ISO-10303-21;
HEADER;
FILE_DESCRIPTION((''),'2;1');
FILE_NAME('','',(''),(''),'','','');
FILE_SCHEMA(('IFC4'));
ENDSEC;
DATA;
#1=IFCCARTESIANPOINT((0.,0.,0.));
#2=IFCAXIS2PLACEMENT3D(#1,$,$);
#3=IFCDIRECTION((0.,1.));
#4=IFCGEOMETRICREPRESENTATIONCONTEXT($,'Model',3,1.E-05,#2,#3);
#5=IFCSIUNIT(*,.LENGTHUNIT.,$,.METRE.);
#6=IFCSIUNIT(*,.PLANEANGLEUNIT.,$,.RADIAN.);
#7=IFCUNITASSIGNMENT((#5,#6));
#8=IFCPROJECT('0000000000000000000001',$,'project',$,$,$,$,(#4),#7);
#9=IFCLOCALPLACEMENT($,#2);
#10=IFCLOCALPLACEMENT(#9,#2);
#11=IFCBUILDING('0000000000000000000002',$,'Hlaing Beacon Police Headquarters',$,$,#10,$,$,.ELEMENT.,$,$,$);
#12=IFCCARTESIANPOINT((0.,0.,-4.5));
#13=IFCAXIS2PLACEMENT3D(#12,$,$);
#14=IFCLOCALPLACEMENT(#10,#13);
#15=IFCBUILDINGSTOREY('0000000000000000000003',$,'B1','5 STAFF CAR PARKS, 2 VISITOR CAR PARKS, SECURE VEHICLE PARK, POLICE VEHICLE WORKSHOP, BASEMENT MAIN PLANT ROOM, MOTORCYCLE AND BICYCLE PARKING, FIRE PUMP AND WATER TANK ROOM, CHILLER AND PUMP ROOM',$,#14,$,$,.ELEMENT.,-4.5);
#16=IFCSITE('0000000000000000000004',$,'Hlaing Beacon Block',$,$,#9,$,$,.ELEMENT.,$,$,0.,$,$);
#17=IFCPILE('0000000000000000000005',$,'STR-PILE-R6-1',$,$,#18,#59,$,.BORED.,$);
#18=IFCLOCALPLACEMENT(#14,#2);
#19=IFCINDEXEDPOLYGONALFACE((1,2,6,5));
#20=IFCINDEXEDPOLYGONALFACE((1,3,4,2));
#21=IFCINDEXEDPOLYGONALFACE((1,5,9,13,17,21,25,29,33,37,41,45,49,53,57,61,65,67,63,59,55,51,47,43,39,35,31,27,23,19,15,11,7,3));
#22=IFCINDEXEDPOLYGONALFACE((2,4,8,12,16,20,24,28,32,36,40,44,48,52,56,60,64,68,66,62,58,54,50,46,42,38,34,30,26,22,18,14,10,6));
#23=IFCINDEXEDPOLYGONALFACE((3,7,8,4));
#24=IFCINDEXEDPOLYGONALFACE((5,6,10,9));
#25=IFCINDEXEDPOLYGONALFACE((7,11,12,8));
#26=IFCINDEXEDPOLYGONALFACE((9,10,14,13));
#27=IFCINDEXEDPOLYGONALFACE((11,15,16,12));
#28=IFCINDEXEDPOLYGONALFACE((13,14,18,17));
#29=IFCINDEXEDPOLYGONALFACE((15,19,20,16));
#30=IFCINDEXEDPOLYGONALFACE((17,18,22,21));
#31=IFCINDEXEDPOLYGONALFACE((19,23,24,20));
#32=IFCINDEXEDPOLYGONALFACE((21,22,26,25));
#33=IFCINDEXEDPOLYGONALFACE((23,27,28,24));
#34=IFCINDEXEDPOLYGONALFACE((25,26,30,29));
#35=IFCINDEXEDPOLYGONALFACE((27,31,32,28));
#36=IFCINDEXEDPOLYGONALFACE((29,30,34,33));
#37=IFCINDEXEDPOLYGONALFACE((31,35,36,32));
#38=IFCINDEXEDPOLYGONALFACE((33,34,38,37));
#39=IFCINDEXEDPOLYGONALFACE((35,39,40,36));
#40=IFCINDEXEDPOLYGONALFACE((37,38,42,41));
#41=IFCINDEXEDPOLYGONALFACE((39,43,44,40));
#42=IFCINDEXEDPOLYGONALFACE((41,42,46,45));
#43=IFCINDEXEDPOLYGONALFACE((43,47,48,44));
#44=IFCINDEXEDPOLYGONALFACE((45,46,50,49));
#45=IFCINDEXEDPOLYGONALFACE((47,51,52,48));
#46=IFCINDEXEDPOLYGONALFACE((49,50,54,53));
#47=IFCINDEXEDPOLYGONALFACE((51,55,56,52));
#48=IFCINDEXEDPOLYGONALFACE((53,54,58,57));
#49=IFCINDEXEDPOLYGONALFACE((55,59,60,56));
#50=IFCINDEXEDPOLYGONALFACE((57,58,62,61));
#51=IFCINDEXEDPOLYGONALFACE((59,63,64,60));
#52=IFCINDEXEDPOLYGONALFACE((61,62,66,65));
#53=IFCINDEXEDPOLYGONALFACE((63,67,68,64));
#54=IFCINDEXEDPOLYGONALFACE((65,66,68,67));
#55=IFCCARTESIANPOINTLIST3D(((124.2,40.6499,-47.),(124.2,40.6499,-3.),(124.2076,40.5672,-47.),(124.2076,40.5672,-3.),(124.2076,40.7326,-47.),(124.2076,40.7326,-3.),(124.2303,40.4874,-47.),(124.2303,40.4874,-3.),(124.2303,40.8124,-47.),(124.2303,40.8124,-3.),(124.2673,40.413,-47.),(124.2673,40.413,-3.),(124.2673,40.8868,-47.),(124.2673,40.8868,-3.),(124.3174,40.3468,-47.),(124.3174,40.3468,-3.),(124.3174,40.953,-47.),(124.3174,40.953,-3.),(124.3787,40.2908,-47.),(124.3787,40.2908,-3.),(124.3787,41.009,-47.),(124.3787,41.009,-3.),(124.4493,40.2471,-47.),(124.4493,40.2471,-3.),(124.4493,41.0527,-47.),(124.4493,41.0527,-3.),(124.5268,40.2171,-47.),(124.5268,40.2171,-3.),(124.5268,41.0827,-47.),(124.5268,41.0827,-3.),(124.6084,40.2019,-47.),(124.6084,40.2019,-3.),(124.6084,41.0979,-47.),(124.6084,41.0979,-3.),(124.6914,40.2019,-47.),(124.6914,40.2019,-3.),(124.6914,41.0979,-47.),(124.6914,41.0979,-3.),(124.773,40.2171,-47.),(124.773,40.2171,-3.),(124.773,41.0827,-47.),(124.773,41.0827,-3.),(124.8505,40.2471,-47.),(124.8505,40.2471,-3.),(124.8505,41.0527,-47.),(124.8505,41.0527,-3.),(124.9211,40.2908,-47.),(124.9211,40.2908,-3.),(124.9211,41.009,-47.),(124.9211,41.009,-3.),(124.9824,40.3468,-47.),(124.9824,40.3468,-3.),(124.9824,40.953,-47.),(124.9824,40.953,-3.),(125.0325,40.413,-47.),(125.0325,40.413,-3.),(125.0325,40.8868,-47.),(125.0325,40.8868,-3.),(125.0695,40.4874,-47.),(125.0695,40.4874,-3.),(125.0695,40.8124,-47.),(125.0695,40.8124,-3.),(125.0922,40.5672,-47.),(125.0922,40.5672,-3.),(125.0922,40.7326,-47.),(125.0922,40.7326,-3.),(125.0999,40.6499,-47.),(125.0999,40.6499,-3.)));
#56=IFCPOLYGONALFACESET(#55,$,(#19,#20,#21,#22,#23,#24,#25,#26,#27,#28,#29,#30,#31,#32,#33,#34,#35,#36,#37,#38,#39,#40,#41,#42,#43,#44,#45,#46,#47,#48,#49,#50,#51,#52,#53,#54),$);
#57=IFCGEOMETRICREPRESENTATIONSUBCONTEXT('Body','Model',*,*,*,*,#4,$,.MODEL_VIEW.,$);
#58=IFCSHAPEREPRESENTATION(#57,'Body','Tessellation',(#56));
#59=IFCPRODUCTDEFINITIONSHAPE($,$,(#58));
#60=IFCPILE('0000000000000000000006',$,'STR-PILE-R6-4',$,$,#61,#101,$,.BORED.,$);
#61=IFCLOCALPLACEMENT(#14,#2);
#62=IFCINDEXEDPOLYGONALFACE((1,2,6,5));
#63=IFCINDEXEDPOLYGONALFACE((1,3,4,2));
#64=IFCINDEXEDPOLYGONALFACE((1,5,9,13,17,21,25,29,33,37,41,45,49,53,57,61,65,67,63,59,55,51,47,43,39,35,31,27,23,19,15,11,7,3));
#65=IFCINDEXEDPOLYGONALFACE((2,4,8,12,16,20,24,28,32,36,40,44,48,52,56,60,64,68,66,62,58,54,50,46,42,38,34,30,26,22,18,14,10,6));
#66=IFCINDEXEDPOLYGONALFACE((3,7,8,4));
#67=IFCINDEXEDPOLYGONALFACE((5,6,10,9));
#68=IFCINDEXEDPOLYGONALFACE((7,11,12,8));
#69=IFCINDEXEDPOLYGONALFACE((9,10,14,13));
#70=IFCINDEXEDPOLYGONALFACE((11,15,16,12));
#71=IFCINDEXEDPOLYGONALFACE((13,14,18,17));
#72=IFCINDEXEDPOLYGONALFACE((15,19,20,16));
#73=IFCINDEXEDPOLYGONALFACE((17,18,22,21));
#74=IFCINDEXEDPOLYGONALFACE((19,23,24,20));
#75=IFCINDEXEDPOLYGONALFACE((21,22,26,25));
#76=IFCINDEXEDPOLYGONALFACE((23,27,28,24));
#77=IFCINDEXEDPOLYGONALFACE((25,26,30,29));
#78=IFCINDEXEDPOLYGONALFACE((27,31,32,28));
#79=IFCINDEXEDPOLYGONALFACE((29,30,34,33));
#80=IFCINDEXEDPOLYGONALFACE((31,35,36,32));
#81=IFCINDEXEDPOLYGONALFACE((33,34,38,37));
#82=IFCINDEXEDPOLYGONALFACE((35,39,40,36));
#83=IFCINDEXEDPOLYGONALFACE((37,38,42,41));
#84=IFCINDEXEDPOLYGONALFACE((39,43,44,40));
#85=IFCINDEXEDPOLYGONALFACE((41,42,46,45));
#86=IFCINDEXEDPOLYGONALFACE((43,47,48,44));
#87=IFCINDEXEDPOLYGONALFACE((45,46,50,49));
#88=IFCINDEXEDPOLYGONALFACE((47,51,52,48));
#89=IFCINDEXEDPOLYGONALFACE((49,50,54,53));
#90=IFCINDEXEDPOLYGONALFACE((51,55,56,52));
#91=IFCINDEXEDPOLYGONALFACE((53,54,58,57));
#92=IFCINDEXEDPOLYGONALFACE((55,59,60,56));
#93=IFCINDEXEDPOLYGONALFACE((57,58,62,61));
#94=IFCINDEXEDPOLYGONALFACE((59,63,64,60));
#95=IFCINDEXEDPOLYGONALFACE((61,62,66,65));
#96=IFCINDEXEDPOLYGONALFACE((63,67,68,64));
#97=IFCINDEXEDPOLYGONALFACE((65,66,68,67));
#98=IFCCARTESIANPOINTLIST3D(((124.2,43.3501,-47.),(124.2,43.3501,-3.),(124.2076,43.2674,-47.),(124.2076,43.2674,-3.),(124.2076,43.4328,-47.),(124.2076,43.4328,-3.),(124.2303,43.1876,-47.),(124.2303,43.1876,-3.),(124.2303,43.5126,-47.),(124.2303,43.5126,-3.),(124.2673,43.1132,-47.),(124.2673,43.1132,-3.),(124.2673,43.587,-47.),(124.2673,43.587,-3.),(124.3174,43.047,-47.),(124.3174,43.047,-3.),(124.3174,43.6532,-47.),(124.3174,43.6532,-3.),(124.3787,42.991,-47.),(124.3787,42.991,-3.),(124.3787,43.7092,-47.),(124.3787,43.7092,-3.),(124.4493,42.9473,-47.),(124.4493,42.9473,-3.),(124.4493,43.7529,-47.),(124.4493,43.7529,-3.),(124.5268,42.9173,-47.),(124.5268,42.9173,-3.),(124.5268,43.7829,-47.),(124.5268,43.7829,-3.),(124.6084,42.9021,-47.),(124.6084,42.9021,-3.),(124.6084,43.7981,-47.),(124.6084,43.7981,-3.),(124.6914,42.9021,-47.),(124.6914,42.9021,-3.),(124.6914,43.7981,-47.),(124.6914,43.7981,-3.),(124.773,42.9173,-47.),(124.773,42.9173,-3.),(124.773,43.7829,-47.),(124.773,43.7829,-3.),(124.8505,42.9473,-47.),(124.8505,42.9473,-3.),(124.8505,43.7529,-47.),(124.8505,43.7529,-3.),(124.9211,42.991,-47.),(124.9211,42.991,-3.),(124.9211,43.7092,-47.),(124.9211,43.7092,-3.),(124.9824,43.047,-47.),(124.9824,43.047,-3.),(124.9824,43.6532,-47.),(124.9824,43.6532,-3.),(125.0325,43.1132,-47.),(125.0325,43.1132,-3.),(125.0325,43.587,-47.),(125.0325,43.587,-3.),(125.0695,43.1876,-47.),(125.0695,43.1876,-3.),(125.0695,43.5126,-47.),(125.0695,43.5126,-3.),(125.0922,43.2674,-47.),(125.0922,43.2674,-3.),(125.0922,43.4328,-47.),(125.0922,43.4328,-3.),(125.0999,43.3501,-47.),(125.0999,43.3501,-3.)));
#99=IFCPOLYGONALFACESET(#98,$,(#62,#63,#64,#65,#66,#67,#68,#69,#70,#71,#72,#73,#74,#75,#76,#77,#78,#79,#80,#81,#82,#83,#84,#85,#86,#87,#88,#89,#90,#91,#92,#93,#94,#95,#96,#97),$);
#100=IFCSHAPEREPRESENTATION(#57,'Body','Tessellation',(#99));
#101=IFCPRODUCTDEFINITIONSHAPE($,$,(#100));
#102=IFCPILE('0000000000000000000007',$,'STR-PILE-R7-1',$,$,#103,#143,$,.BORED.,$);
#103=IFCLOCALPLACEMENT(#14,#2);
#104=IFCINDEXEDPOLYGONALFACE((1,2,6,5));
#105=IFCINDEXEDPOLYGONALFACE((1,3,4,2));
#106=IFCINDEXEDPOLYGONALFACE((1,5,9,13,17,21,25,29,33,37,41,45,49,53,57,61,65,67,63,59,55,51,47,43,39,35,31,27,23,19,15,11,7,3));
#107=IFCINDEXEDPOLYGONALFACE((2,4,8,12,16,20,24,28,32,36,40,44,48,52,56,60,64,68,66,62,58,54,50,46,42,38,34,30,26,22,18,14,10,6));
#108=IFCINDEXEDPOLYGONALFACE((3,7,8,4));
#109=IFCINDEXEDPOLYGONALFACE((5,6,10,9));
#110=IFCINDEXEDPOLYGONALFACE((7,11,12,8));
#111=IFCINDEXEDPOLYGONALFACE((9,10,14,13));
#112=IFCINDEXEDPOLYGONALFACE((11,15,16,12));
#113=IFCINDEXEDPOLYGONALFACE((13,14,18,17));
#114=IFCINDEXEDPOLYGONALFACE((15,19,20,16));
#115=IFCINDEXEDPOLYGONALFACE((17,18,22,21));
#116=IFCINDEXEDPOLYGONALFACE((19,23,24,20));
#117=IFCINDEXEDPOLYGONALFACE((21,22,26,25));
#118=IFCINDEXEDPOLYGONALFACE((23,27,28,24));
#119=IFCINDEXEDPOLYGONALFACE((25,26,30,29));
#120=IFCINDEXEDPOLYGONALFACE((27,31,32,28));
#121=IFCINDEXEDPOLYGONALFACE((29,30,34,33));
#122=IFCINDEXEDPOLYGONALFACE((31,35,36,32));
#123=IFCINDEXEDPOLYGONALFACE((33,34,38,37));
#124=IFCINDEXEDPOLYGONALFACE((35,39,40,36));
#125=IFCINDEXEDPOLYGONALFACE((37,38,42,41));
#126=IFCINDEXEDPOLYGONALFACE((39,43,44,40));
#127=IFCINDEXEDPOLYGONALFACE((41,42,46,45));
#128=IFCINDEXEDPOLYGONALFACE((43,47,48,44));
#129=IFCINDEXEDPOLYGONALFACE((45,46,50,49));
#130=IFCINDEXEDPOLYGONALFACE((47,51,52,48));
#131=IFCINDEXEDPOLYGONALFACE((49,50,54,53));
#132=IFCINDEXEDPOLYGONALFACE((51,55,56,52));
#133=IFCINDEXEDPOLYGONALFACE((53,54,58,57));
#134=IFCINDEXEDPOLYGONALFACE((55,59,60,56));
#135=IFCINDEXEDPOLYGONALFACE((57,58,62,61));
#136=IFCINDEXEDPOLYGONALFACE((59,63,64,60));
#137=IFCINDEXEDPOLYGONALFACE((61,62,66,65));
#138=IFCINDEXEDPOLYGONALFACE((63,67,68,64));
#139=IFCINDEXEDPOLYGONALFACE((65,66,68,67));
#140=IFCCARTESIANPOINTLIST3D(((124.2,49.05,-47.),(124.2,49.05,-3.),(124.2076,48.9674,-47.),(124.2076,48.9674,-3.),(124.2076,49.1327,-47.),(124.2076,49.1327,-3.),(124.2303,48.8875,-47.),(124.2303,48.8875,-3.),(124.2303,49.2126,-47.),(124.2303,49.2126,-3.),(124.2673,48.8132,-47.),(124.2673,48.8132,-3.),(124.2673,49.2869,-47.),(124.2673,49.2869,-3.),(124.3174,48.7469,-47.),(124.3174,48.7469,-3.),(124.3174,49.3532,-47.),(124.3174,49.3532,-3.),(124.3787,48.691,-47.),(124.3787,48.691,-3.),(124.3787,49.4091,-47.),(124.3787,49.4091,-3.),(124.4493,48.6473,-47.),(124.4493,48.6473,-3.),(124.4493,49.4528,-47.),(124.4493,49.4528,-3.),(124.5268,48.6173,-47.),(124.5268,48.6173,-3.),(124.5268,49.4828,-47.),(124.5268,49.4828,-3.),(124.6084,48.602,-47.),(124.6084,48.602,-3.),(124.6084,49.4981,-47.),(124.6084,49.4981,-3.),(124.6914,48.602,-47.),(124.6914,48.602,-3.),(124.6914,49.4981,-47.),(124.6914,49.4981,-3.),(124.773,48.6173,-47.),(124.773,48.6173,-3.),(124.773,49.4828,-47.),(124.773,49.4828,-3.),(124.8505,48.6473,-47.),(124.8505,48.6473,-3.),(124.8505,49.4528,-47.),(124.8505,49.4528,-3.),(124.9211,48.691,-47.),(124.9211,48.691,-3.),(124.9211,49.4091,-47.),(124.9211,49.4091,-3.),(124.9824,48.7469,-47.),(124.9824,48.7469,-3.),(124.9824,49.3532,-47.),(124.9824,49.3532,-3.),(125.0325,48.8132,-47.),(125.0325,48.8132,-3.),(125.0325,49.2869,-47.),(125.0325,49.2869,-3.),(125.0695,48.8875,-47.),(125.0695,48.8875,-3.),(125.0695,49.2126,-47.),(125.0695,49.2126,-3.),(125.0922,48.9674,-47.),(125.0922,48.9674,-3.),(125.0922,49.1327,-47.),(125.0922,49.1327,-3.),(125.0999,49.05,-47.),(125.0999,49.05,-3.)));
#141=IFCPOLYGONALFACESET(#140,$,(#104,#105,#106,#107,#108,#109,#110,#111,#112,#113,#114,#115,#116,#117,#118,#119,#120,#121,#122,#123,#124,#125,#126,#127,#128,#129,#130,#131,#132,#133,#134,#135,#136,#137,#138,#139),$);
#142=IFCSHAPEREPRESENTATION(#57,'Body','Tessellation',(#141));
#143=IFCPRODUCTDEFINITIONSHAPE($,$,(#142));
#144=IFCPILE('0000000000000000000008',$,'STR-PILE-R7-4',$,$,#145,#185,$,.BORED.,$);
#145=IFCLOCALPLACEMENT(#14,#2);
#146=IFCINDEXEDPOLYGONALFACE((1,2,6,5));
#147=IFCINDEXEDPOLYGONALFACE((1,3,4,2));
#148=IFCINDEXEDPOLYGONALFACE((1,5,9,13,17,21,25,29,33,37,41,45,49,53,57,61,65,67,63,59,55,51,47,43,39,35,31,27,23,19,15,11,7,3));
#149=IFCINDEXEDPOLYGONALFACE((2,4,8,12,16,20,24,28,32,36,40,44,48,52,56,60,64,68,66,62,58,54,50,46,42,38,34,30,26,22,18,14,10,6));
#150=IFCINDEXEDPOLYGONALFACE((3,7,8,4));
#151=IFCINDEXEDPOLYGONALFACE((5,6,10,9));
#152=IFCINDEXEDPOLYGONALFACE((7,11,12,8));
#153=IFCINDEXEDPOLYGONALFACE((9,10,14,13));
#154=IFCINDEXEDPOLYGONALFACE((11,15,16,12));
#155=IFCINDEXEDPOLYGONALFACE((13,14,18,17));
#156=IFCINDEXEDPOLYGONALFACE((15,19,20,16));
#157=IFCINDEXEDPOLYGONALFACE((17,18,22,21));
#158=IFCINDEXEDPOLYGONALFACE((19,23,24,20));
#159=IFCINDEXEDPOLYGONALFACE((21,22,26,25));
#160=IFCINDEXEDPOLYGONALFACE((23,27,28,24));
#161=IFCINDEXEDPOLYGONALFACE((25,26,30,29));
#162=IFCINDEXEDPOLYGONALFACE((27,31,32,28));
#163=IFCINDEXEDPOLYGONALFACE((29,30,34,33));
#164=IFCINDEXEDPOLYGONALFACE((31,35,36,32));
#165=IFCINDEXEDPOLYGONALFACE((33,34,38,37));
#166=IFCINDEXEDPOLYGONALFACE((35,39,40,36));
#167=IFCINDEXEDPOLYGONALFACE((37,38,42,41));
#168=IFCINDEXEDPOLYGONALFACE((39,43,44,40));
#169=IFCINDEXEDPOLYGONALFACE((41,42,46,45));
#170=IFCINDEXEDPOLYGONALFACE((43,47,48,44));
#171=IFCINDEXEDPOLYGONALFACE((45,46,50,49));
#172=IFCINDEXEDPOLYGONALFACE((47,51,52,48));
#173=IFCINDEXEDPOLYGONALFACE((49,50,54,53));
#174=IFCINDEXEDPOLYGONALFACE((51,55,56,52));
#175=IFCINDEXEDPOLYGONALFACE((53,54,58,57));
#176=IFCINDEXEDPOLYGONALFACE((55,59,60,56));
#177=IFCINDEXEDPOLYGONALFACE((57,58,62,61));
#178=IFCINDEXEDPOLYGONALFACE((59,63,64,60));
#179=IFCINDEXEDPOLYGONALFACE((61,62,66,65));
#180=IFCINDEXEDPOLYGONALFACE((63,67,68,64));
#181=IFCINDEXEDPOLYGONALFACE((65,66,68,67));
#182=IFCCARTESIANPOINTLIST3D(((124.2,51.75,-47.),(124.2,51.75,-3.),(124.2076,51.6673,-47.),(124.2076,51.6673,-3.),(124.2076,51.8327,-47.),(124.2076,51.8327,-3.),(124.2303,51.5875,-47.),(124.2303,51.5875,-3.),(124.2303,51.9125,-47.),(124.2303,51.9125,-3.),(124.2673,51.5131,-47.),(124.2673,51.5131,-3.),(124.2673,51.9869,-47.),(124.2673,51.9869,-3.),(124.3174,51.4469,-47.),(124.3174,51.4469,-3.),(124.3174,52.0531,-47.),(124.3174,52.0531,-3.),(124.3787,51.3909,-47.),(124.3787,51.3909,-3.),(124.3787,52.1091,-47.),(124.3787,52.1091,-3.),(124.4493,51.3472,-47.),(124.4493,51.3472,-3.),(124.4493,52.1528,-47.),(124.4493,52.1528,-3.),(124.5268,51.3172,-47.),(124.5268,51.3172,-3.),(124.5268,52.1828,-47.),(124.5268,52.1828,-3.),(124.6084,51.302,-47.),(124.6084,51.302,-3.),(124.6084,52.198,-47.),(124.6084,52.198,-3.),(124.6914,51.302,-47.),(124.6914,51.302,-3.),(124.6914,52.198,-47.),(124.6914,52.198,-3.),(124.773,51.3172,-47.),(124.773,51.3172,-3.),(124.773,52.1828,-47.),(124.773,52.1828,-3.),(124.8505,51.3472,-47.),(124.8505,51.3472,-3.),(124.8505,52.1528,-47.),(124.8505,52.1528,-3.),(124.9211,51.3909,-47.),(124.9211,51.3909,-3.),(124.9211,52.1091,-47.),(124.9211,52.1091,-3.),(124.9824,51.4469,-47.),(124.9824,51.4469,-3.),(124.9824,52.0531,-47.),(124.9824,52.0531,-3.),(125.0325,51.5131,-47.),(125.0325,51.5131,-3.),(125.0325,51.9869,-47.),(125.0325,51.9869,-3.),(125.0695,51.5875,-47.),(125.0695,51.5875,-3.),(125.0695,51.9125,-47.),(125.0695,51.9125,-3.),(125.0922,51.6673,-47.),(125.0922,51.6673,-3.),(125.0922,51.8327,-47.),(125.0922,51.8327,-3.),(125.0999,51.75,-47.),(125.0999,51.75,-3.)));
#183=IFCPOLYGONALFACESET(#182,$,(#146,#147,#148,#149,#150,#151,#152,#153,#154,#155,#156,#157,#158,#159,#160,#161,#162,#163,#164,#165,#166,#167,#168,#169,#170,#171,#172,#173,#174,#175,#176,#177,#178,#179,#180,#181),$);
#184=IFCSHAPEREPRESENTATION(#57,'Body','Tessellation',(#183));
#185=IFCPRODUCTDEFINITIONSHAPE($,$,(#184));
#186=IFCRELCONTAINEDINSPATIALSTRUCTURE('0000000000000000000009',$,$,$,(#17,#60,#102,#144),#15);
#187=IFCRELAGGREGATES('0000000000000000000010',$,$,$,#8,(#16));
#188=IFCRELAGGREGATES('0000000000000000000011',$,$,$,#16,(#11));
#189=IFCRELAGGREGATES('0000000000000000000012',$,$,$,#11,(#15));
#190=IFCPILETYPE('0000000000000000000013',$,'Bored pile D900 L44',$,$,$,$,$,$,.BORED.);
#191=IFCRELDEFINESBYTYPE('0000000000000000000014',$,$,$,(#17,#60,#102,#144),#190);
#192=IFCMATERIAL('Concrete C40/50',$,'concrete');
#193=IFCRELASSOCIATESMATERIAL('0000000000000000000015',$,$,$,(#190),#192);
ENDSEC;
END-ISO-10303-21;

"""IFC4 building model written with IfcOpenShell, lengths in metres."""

from ifc_helpers import new_model, si_unit, direction, frame, origin, origin_2d, place, context, subcontext, project, spatial, circle, extrude, material, material_profile, profile_set, type_object, element, save


model = new_model("IFC4")

# Units and contexts
model_context = context("Model", 3, precision=1e-05, world=origin(), true_north=direction((0.0, 1.0)))
body_context = subcontext(model_context, "Body", "Model", "MODEL_VIEW")
ifc_project = project(units=[si_unit("LENGTHUNIT", "METRE"), si_unit("PLANEANGLEUNIT", "RADIAN")], contexts=[model_context])

# Site, building, storey
site_placement = place(None, origin())
site = spatial("IfcSite", under=ifc_project, at=site_placement, Name="Hlaing Beacon Block", CompositionType="ELEMENT", RefElevation=0.0)
building_placement = place(site_placement, origin())
building = spatial("IfcBuilding", under=site, at=building_placement, Name="Hlaing Beacon Police Headquarters", CompositionType="ELEMENT")
storey_placement = place(building_placement, frame((0.0, 0.0, -4.5)))
storey = spatial("IfcBuildingStorey", under=building, at=storey_placement, Name="B1", Description="5 STAFF CAR PARKS, 2 VISITOR CAR PARKS, SECURE VEHICLE PARK, POLICE VEHICLE WORKSHOP, BASEMENT MAIN PLANT ROOM, MOTORCYCLE AND BICYCLE PARKING, FIRE PUMP AND WATER TANK ROOM, CHILLER AND PUMP ROOM", CompositionType="ELEMENT", Elevation=-4.5)

# Piles
ifc_material_1 = material(Name="Concrete C40/50", Category="concrete")
ifc_material_profile_1 = material_profile(ifc_material_1, circle(Radius=0.45, at=origin_2d()), Name="D900")
ifc_profile_set_1 = profile_set([ifc_material_profile_1], Name="Concrete C40/50")
pile_type = type_object("IfcPileType", Name="Bored pile D900 L44", PredefinedType="BORED", material=ifc_profile_set_1)
for number, where, z_axis, x_axis, name in (
    (1, (124.6499, 40.6499, -3.0), (0.0, 0.0, -1.0), (1.0, 0.0, 0.0), "STR-PILE-R6-1"),
    (2, (124.6499, 43.3501, -3.0), (0.0, 0.0, -1.0), (1.0, 0.0, 0.0), "STR-PILE-R6-4"),
    (3, (124.6499, 49.05, -3.0), (0.0, 0.0, -1.0), (1.0, 0.0, 0.0), "STR-PILE-R7-1"),
    (4, (124.6499, 51.75, -3.0), (0.0, 0.0, -1.0), (1.0, 0.0, 0.0), "STR-PILE-R7-4"),
):
    element("IfcPile", number, at=place(storey_placement, frame(where, z_axis=z_axis, x_axis=x_axis)), inside=storey, type_object=pile_type, Name=name, PredefinedType="BORED", context=body_context, shape_type="SweptSolid", body=[
        extrude(circle(Radius=0.45, at=origin_2d()), origin(), (0.0, 0.0, 1.0), 44.0),
    ])

save(model, "model.ifc")
